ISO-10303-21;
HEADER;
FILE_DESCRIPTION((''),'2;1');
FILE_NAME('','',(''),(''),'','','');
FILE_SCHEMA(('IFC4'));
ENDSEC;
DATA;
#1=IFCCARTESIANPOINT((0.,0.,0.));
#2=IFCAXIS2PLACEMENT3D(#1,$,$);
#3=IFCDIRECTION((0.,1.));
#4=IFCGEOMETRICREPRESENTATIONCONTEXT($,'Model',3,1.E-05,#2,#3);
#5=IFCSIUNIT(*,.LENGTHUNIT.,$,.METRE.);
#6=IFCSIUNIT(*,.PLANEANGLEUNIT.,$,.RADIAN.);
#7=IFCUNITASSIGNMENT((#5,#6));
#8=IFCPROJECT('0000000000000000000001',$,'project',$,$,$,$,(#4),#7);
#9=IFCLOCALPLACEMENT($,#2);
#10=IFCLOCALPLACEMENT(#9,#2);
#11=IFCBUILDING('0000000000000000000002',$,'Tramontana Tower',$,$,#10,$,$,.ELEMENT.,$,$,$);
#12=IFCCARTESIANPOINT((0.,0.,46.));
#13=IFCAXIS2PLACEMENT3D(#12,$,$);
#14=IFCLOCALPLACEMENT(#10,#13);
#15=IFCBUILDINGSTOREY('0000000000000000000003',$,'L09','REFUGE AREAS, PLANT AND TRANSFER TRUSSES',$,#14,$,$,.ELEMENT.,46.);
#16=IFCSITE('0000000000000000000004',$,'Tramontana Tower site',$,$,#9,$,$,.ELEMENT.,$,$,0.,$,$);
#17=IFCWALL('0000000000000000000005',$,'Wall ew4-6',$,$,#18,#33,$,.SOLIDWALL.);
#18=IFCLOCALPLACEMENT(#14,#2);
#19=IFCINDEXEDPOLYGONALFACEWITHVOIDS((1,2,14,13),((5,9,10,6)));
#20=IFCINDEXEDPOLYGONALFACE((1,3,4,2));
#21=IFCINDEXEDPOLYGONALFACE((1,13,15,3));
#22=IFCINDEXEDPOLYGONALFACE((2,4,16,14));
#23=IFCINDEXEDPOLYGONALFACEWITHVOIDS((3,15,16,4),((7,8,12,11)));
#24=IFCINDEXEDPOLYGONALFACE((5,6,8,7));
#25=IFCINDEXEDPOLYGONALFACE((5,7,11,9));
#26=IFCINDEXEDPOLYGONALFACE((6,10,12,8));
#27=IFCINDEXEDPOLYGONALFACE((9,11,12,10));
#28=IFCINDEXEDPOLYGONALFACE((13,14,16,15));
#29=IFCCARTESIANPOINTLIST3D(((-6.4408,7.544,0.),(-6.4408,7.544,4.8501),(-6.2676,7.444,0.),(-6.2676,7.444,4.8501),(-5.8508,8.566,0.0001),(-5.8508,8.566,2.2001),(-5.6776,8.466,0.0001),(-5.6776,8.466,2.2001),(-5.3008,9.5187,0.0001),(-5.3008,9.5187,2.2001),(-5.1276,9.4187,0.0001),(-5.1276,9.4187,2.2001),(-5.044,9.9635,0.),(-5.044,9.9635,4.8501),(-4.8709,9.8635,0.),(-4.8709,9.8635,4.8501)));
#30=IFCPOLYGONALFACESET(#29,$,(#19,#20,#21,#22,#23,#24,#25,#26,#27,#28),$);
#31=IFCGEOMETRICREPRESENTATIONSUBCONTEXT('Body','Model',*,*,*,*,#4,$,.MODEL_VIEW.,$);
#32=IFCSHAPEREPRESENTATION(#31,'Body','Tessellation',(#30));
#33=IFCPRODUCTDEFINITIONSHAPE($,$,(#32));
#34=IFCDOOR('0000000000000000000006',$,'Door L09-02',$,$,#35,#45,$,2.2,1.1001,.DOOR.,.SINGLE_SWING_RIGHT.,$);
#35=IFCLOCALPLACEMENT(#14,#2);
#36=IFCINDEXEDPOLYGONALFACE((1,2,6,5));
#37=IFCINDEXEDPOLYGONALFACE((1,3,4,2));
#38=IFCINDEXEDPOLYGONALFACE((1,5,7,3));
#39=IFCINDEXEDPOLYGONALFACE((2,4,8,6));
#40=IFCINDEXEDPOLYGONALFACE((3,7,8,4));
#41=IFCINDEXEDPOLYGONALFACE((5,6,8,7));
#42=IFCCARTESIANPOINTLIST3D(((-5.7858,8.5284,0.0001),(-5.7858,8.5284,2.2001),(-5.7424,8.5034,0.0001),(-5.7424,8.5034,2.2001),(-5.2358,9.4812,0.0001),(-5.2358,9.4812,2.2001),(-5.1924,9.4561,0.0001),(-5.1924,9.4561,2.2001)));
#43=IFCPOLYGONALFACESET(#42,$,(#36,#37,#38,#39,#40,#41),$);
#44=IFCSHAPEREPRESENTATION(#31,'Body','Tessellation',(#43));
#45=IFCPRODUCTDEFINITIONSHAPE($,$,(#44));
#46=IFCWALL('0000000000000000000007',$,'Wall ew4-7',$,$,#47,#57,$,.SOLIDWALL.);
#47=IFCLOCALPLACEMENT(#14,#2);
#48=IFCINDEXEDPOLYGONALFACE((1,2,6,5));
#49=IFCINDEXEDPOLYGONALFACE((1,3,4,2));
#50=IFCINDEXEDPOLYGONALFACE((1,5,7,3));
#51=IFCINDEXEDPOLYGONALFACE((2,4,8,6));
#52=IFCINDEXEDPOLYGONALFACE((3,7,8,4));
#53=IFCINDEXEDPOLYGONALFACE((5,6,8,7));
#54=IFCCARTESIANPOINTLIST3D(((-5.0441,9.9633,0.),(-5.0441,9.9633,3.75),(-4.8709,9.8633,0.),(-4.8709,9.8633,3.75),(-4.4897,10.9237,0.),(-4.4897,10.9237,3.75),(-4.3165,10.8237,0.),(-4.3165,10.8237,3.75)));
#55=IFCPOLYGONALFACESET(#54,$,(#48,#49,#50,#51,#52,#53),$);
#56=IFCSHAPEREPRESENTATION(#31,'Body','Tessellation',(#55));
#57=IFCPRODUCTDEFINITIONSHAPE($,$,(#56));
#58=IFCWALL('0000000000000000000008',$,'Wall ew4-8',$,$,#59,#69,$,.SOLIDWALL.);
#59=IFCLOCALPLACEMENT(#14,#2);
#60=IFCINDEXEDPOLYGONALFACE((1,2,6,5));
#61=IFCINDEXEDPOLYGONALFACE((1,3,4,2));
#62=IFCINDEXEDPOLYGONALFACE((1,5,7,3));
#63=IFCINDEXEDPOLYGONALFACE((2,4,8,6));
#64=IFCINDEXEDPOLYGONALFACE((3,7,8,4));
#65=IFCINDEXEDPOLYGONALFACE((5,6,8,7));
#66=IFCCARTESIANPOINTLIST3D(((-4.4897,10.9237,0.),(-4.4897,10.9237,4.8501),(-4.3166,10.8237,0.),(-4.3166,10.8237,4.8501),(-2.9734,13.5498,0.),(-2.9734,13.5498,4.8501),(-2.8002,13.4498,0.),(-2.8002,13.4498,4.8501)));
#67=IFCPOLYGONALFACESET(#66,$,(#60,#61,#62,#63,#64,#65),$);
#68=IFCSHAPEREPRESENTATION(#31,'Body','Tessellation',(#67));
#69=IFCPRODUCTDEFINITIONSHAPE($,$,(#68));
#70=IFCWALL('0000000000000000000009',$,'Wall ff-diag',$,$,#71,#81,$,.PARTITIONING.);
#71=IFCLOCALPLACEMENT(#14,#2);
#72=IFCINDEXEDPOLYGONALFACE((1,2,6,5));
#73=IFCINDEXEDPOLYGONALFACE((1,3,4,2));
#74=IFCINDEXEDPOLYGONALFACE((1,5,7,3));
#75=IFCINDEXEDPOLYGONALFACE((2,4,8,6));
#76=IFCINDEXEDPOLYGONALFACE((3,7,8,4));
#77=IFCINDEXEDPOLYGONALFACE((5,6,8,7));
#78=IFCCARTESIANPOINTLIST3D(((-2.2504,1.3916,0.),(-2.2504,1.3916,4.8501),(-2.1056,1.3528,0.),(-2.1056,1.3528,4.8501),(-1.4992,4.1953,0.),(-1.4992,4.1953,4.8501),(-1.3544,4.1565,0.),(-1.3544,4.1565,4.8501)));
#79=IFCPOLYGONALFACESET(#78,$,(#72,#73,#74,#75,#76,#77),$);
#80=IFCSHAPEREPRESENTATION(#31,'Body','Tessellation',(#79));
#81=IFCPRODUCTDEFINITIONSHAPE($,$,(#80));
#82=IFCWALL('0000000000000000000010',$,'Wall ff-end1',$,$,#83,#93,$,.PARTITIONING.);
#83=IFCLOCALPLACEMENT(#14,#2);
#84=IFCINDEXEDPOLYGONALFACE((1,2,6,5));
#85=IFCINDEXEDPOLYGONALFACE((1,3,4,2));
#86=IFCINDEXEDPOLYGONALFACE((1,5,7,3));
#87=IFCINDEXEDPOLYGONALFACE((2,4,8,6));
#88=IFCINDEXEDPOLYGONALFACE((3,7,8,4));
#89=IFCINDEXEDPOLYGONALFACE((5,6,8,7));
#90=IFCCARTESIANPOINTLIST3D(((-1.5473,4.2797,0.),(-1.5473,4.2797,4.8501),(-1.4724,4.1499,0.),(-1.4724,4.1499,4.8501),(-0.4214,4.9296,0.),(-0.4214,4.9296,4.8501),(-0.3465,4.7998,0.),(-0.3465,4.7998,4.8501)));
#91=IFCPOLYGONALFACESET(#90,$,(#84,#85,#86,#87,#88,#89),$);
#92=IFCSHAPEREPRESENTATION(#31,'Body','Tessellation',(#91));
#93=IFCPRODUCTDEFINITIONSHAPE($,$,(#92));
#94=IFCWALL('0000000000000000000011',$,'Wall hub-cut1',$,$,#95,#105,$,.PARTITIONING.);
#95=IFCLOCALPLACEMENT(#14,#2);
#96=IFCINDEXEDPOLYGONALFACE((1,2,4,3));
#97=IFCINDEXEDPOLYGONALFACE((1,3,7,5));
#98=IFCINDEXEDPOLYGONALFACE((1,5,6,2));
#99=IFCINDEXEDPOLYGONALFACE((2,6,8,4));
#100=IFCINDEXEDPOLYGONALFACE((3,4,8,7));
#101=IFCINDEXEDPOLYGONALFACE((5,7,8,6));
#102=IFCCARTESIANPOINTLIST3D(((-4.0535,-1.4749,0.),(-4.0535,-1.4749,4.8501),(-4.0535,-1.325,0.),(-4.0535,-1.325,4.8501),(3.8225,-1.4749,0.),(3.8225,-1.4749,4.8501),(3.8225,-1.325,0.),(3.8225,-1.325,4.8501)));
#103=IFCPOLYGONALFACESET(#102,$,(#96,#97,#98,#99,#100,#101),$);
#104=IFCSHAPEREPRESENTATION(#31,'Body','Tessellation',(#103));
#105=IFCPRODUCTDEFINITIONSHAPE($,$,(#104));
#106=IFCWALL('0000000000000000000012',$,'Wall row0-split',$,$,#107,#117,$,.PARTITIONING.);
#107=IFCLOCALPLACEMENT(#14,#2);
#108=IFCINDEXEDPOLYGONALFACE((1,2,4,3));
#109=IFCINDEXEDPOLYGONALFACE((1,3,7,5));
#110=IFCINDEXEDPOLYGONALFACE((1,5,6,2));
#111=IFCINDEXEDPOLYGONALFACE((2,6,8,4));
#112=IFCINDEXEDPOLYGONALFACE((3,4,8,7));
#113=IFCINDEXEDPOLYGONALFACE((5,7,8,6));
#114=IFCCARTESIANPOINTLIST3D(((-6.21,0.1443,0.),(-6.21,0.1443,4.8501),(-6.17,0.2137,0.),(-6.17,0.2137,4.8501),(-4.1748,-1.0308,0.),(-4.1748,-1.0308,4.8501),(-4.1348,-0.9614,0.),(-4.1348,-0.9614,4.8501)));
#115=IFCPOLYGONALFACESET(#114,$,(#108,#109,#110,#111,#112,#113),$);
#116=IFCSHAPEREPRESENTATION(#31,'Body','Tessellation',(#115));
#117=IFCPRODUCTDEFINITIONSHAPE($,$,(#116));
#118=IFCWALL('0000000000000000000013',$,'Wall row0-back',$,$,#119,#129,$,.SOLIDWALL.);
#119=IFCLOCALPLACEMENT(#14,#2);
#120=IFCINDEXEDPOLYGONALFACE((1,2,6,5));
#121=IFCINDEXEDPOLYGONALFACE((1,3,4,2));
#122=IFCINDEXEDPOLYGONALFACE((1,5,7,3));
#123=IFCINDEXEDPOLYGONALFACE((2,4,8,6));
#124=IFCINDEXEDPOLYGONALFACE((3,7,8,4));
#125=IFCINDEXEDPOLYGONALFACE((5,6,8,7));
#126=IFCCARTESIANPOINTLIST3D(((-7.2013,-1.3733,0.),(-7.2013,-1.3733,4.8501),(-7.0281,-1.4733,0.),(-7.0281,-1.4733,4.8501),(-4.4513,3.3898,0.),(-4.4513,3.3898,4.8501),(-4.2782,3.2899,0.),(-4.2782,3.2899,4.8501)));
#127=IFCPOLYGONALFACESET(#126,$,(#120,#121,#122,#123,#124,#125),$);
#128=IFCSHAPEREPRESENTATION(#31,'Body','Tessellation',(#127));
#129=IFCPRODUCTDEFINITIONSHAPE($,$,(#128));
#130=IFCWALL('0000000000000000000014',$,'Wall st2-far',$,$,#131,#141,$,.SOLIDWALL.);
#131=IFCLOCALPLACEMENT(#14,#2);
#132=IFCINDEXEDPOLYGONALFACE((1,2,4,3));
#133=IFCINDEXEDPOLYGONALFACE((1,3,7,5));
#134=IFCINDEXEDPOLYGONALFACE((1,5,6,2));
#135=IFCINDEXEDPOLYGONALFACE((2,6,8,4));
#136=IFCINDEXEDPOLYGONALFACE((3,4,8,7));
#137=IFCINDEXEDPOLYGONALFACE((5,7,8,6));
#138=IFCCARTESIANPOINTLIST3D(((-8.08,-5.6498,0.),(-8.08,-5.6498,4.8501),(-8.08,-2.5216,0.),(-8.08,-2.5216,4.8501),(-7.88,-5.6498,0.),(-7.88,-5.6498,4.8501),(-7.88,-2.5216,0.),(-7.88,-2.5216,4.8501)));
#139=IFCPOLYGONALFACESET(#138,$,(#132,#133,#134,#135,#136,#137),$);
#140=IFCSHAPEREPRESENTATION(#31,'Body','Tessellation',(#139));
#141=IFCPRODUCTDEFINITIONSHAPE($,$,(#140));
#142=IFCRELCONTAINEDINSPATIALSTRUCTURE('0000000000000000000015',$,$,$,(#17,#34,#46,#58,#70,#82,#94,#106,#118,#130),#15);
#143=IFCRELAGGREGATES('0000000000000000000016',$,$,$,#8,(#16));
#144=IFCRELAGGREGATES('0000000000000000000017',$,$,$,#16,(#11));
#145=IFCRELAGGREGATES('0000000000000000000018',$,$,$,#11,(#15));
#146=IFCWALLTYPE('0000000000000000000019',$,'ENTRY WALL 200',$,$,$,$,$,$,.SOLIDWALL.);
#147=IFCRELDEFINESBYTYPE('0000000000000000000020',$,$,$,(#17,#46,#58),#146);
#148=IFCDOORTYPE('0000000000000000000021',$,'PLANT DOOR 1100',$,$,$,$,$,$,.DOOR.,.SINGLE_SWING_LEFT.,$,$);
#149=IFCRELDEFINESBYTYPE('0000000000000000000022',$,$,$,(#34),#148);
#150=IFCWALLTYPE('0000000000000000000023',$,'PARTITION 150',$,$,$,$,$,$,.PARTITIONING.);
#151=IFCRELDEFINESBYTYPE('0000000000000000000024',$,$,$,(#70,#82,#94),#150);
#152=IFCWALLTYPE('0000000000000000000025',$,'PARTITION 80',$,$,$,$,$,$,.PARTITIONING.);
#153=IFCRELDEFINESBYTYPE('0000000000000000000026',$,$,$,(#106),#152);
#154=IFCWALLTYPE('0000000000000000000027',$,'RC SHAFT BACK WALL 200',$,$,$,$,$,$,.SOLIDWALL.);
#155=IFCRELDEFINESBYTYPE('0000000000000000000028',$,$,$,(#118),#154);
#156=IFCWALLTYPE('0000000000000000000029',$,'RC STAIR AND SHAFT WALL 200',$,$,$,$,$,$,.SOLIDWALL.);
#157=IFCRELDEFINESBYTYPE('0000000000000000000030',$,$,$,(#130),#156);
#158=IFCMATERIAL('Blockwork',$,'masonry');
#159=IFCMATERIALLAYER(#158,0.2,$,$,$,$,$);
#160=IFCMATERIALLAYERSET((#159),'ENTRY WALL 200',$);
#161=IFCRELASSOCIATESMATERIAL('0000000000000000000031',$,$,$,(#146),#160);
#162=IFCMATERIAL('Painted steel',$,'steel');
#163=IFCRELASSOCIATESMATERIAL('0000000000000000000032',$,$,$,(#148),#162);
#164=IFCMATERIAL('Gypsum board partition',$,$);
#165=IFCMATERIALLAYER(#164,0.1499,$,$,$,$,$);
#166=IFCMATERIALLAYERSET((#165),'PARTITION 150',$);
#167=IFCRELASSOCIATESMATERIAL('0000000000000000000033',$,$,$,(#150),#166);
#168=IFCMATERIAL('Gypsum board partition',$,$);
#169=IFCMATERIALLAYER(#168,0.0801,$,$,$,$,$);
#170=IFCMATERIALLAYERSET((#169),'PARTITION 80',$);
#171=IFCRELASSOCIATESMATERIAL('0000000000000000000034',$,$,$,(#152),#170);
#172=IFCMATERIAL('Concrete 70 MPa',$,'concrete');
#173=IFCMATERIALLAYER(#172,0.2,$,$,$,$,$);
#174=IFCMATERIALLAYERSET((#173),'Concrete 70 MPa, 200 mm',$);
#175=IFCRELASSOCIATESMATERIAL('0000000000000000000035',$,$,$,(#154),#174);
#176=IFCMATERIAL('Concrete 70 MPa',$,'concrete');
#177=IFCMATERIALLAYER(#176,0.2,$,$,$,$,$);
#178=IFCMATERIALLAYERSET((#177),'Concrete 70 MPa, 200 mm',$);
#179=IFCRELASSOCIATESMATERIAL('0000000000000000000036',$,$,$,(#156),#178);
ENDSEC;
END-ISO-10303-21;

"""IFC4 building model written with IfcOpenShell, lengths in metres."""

from ifc_helpers import new_model, si_unit, direction, frame, frame_2d, origin, place, context, subcontext, project, spatial, rectangle, extrude, material, layer, layer_set, type_object, element, fill, save


model = new_model("IFC4")

# Units and contexts
model_context = context("Model", 3, precision=1e-05, world=origin(), true_north=direction((0.0, 1.0)))
body_context = subcontext(model_context, "Body", "Model", "MODEL_VIEW")
ifc_project = project(units=[si_unit("LENGTHUNIT", "METRE"), si_unit("PLANEANGLEUNIT", "RADIAN")], contexts=[model_context])

# Site, building, storey
site_placement = place(None, origin())
site = spatial("IfcSite", under=ifc_project, at=site_placement, Name="Tramontana Tower site", CompositionType="ELEMENT", RefElevation=0.0)
building_placement = place(site_placement, origin())
building = spatial("IfcBuilding", under=site, at=building_placement, Name="Tramontana Tower", CompositionType="ELEMENT")
storey_placement = place(building_placement, frame((0.0, 0.0, 46.0)))
storey = spatial("IfcBuildingStorey", under=building, at=storey_placement, Name="L09", Description="REFUGE AREAS, PLANT AND TRANSFER TRUSSES", CompositionType="ELEMENT", Elevation=46.0)

# Shared definitions
ifc_material_1 = material(Name="Blockwork", Category="masonry")
ifc_layer_1 = layer(ifc_material_1, 0.2)
ifc_layer_set_1 = layer_set([ifc_layer_1], Name="ENTRY WALL 200")
wall_type_1 = type_object("IfcWallType", Name="ENTRY WALL 200", PredefinedType="SOLIDWALL", material=ifc_layer_set_1)

# Wall, opening, door
wall_1_placement = place(storey_placement, frame((-6.3542, 7.4939, 0.0), z_axis=(0.0, 0.0, 1.0), x_axis=(0.499965, 0.866046, 0.0)))
wall_1 = element("IfcWall", 1, at=wall_1_placement, inside=storey, type_object=wall_type_1, Name="Wall ew4-6", PredefinedType="SOLIDWALL", context=body_context, shape_type="SweptSolid", body=[
    extrude(rectangle(XDim=2.7937, YDim=0.2, at=frame_2d((1.397, 0.0))), origin(), (0.0, 0.0, 1.0), 4.8501),
])
opening_1_placement = place(wall_1_placement, frame((1.1802, 0.0, 0.0)))
opening_1 = element("IfcOpeningElement", 2, at=opening_1_placement, cuts=wall_1, PredefinedType="OPENING", context=body_context, shape_type="SweptSolid", body=[
    extrude(rectangle(XDim=1.1001, YDim=2.2, at=frame_2d((0.55, 1.1001))), frame((0.0, 0.1099, 0.0), z_axis=(0.0, -1.0, 0.0), x_axis=(1.0, 0.0, 0.0)), (0.0, 0.0, 1.0), 0.22),
])
ifc_material_2 = material(Name="Painted steel", Category="steel")
door_type_1 = type_object("IfcDoorType", Name="PLANT DOOR 1100", OperationType="SINGLE_SWING_LEFT", PredefinedType="DOOR", material=ifc_material_2)
door_1_placement = place(opening_1_placement, origin())
door_1 = element("IfcDoor", 3, at=door_1_placement, inside=storey, type_object=door_type_1, Name="Door L09-02", OperationType="SINGLE_SWING_RIGHT", OverallHeight=2.2, OverallWidth=1.1001, PredefinedType="DOOR", context=body_context, shape_type="SweptSolid", body=[
    extrude(rectangle(XDim=1.1001, YDim=2.2, at=frame_2d((0.55, 1.1001))), frame((0.0, 0.0249, 0.0), z_axis=(0.0, -1.0, 0.0), x_axis=(1.0, 0.0, 0.0)), (0.0, 0.0, 1.0), 0.05),
])
fill(opening_1, door_1)

# Walls
wall_2_placement = place(storey_placement, frame((-4.9575, 9.9133, 0.0), z_axis=(0.0, 0.0, 1.0), x_axis=(0.499951, 0.866054, 0.0)))
element("IfcWall", 4, at=wall_2_placement, inside=storey, type_object=wall_type_1, Name="Wall ew4-7", PredefinedType="SOLIDWALL", context=body_context, shape_type="SweptSolid", body=[
    extrude(rectangle(XDim=1.1089, YDim=0.2, at=frame_2d((0.5544, 0.0))), origin(), (0.0, 0.0, 1.0), 3.75),
])
wall_3_placement = place(storey_placement, frame((-4.4031, 10.8738, 0.0), z_axis=(0.0, 0.0, 1.0), x_axis=(0.500027, 0.86601, 0.0)))
element("IfcWall", 5, at=wall_3_placement, inside=storey, type_object=wall_type_1, Name="Wall ew4-8", PredefinedType="SOLIDWALL", context=body_context, shape_type="SweptSolid", body=[
    extrude(rectangle(XDim=3.0325, YDim=0.2, at=frame_2d((1.5161, 0.0))), origin(), (0.0, 0.0, 1.0), 4.8501),
])
ifc_material_3 = material(Name="Gypsum board partition")
ifc_layer_2 = layer(ifc_material_3, 0.1499)
ifc_layer_set_2 = layer_set([ifc_layer_2], Name="PARTITION 150")
wall_type_2 = type_object("IfcWallType", Name="PARTITION 150", PredefinedType="PARTITIONING", material=ifc_layer_set_2)
wall_4_placement = place(storey_placement, frame((-2.178, 1.3723, 0.0), z_axis=(0.0, 0.0, 1.0), x_axis=(0.258809, 0.965929, 0.0)))
element("IfcWall", 6, at=wall_4_placement, inside=storey, type_object=wall_type_2, Name="Wall ff-diag", PredefinedType="PARTITIONING", context=body_context, shape_type="SweptSolid", body=[
    extrude(rectangle(XDim=2.9026, YDim=0.1499, at=frame_2d((1.4512, 0.0))), origin(), (0.0, 0.0, 1.0), 4.8501),
])
wall_5_placement = place(storey_placement, frame((-1.5098, 4.2148, 0.0), z_axis=(0.0, 0.0, 1.0), x_axis=(0.866086, 0.499896, 0.0)))
element("IfcWall", 7, at=wall_5_placement, inside=storey, type_object=wall_type_2, Name="Wall ff-end1", PredefinedType="PARTITIONING", context=body_context, shape_type="SweptSolid", body=[
    extrude(rectangle(XDim=1.3, YDim=0.1499, at=frame_2d((0.6499, 0.0))), origin(), (0.0, 0.0, 1.0), 4.8501),
])
wall_6_placement = place(storey_placement, frame((-4.0535, -1.3999, 0.0), z_axis=(0.0, 0.0, 1.0), x_axis=(1.0, 0.0, 0.0)))
element("IfcWall", 8, at=wall_6_placement, inside=storey, type_object=wall_type_2, Name="Wall hub-cut1", PredefinedType="PARTITIONING", context=body_context, shape_type="SweptSolid", body=[
    extrude(rectangle(XDim=7.876, YDim=0.1499, at=frame_2d((3.938, 0.0))), origin(), (0.0, 0.0, 1.0), 4.8501),
])
ifc_material_4 = material(Name="Gypsum board partition")
ifc_layer_3 = layer(ifc_material_4, 0.0801)
ifc_layer_set_3 = layer_set([ifc_layer_3], Name="PARTITION 80")
wall_type_3 = type_object("IfcWallType", Name="PARTITION 80", PredefinedType="PARTITIONING", material=ifc_layer_set_3)
wall_7_placement = place(storey_placement, frame((-4.1548, -0.9961, 0.0), z_axis=(0.0, 0.0, 1.0), x_axis=(-0.866016, 0.500016, 0.0)))
element("IfcWall", 9, at=wall_7_placement, inside=storey, type_object=wall_type_3, Name="Wall row0-split", PredefinedType="PARTITIONING", context=body_context, shape_type="SweptSolid", body=[
    extrude(rectangle(XDim=2.3501, YDim=0.0801, at=frame_2d((1.175, 0.0))), origin(), (0.0, 0.0, 1.0), 4.8501),
])
ifc_material_5 = material(Name="Concrete 70 MPa", Category="concrete")
ifc_layer_4 = layer(ifc_material_5, 0.2)
ifc_layer_set_4 = layer_set([ifc_layer_4], Name="Concrete 70 MPa, 200 mm")
wall_type_4 = type_object("IfcWallType", Name="RC SHAFT BACK WALL 200", PredefinedType="SOLIDWALL", material=ifc_layer_set_4)
wall_8_placement = place(storey_placement, frame((-4.3647, 3.3398, 0.0), z_axis=(0.0, 0.0, 1.0), x_axis=(-0.499997, -0.866027, 0.0)))
element("IfcWall", 10, at=wall_8_placement, inside=storey, type_object=wall_type_4, Name="Wall row0-back", PredefinedType="SOLIDWALL", context=body_context, shape_type="SweptSolid", body=[
    extrude(rectangle(XDim=5.5, YDim=0.2, at=frame_2d((2.75, 0.0))), origin(), (0.0, 0.0, 1.0), 4.8501),
])

# Shared definitions
ifc_material_6 = material(Name="Concrete 70 MPa", Category="concrete")
ifc_layer_5 = layer(ifc_material_6, 0.2)
ifc_layer_set_5 = layer_set([ifc_layer_5], Name="Concrete 70 MPa, 200 mm")
wall_type_5 = type_object("IfcWallType", Name="RC STAIR AND SHAFT WALL 200", PredefinedType="SOLIDWALL", material=ifc_layer_set_5)

# Wall
wall_9_placement = place(storey_placement, frame((-7.98, -2.5217, 0.0), z_axis=(0.0, 0.0, 1.0), x_axis=(0.0, -1.0, 0.0)))
element("IfcWall", 11, at=wall_9_placement, inside=storey, type_object=wall_type_5, Name="Wall st2-far", PredefinedType="SOLIDWALL", context=body_context, shape_type="SweptSolid", body=[
    extrude(rectangle(XDim=3.1282, YDim=0.2, at=frame_2d((1.564, 0.0))), origin(), (0.0, 0.0, 1.0), 4.8501),
])

save(model, "model.ifc")
